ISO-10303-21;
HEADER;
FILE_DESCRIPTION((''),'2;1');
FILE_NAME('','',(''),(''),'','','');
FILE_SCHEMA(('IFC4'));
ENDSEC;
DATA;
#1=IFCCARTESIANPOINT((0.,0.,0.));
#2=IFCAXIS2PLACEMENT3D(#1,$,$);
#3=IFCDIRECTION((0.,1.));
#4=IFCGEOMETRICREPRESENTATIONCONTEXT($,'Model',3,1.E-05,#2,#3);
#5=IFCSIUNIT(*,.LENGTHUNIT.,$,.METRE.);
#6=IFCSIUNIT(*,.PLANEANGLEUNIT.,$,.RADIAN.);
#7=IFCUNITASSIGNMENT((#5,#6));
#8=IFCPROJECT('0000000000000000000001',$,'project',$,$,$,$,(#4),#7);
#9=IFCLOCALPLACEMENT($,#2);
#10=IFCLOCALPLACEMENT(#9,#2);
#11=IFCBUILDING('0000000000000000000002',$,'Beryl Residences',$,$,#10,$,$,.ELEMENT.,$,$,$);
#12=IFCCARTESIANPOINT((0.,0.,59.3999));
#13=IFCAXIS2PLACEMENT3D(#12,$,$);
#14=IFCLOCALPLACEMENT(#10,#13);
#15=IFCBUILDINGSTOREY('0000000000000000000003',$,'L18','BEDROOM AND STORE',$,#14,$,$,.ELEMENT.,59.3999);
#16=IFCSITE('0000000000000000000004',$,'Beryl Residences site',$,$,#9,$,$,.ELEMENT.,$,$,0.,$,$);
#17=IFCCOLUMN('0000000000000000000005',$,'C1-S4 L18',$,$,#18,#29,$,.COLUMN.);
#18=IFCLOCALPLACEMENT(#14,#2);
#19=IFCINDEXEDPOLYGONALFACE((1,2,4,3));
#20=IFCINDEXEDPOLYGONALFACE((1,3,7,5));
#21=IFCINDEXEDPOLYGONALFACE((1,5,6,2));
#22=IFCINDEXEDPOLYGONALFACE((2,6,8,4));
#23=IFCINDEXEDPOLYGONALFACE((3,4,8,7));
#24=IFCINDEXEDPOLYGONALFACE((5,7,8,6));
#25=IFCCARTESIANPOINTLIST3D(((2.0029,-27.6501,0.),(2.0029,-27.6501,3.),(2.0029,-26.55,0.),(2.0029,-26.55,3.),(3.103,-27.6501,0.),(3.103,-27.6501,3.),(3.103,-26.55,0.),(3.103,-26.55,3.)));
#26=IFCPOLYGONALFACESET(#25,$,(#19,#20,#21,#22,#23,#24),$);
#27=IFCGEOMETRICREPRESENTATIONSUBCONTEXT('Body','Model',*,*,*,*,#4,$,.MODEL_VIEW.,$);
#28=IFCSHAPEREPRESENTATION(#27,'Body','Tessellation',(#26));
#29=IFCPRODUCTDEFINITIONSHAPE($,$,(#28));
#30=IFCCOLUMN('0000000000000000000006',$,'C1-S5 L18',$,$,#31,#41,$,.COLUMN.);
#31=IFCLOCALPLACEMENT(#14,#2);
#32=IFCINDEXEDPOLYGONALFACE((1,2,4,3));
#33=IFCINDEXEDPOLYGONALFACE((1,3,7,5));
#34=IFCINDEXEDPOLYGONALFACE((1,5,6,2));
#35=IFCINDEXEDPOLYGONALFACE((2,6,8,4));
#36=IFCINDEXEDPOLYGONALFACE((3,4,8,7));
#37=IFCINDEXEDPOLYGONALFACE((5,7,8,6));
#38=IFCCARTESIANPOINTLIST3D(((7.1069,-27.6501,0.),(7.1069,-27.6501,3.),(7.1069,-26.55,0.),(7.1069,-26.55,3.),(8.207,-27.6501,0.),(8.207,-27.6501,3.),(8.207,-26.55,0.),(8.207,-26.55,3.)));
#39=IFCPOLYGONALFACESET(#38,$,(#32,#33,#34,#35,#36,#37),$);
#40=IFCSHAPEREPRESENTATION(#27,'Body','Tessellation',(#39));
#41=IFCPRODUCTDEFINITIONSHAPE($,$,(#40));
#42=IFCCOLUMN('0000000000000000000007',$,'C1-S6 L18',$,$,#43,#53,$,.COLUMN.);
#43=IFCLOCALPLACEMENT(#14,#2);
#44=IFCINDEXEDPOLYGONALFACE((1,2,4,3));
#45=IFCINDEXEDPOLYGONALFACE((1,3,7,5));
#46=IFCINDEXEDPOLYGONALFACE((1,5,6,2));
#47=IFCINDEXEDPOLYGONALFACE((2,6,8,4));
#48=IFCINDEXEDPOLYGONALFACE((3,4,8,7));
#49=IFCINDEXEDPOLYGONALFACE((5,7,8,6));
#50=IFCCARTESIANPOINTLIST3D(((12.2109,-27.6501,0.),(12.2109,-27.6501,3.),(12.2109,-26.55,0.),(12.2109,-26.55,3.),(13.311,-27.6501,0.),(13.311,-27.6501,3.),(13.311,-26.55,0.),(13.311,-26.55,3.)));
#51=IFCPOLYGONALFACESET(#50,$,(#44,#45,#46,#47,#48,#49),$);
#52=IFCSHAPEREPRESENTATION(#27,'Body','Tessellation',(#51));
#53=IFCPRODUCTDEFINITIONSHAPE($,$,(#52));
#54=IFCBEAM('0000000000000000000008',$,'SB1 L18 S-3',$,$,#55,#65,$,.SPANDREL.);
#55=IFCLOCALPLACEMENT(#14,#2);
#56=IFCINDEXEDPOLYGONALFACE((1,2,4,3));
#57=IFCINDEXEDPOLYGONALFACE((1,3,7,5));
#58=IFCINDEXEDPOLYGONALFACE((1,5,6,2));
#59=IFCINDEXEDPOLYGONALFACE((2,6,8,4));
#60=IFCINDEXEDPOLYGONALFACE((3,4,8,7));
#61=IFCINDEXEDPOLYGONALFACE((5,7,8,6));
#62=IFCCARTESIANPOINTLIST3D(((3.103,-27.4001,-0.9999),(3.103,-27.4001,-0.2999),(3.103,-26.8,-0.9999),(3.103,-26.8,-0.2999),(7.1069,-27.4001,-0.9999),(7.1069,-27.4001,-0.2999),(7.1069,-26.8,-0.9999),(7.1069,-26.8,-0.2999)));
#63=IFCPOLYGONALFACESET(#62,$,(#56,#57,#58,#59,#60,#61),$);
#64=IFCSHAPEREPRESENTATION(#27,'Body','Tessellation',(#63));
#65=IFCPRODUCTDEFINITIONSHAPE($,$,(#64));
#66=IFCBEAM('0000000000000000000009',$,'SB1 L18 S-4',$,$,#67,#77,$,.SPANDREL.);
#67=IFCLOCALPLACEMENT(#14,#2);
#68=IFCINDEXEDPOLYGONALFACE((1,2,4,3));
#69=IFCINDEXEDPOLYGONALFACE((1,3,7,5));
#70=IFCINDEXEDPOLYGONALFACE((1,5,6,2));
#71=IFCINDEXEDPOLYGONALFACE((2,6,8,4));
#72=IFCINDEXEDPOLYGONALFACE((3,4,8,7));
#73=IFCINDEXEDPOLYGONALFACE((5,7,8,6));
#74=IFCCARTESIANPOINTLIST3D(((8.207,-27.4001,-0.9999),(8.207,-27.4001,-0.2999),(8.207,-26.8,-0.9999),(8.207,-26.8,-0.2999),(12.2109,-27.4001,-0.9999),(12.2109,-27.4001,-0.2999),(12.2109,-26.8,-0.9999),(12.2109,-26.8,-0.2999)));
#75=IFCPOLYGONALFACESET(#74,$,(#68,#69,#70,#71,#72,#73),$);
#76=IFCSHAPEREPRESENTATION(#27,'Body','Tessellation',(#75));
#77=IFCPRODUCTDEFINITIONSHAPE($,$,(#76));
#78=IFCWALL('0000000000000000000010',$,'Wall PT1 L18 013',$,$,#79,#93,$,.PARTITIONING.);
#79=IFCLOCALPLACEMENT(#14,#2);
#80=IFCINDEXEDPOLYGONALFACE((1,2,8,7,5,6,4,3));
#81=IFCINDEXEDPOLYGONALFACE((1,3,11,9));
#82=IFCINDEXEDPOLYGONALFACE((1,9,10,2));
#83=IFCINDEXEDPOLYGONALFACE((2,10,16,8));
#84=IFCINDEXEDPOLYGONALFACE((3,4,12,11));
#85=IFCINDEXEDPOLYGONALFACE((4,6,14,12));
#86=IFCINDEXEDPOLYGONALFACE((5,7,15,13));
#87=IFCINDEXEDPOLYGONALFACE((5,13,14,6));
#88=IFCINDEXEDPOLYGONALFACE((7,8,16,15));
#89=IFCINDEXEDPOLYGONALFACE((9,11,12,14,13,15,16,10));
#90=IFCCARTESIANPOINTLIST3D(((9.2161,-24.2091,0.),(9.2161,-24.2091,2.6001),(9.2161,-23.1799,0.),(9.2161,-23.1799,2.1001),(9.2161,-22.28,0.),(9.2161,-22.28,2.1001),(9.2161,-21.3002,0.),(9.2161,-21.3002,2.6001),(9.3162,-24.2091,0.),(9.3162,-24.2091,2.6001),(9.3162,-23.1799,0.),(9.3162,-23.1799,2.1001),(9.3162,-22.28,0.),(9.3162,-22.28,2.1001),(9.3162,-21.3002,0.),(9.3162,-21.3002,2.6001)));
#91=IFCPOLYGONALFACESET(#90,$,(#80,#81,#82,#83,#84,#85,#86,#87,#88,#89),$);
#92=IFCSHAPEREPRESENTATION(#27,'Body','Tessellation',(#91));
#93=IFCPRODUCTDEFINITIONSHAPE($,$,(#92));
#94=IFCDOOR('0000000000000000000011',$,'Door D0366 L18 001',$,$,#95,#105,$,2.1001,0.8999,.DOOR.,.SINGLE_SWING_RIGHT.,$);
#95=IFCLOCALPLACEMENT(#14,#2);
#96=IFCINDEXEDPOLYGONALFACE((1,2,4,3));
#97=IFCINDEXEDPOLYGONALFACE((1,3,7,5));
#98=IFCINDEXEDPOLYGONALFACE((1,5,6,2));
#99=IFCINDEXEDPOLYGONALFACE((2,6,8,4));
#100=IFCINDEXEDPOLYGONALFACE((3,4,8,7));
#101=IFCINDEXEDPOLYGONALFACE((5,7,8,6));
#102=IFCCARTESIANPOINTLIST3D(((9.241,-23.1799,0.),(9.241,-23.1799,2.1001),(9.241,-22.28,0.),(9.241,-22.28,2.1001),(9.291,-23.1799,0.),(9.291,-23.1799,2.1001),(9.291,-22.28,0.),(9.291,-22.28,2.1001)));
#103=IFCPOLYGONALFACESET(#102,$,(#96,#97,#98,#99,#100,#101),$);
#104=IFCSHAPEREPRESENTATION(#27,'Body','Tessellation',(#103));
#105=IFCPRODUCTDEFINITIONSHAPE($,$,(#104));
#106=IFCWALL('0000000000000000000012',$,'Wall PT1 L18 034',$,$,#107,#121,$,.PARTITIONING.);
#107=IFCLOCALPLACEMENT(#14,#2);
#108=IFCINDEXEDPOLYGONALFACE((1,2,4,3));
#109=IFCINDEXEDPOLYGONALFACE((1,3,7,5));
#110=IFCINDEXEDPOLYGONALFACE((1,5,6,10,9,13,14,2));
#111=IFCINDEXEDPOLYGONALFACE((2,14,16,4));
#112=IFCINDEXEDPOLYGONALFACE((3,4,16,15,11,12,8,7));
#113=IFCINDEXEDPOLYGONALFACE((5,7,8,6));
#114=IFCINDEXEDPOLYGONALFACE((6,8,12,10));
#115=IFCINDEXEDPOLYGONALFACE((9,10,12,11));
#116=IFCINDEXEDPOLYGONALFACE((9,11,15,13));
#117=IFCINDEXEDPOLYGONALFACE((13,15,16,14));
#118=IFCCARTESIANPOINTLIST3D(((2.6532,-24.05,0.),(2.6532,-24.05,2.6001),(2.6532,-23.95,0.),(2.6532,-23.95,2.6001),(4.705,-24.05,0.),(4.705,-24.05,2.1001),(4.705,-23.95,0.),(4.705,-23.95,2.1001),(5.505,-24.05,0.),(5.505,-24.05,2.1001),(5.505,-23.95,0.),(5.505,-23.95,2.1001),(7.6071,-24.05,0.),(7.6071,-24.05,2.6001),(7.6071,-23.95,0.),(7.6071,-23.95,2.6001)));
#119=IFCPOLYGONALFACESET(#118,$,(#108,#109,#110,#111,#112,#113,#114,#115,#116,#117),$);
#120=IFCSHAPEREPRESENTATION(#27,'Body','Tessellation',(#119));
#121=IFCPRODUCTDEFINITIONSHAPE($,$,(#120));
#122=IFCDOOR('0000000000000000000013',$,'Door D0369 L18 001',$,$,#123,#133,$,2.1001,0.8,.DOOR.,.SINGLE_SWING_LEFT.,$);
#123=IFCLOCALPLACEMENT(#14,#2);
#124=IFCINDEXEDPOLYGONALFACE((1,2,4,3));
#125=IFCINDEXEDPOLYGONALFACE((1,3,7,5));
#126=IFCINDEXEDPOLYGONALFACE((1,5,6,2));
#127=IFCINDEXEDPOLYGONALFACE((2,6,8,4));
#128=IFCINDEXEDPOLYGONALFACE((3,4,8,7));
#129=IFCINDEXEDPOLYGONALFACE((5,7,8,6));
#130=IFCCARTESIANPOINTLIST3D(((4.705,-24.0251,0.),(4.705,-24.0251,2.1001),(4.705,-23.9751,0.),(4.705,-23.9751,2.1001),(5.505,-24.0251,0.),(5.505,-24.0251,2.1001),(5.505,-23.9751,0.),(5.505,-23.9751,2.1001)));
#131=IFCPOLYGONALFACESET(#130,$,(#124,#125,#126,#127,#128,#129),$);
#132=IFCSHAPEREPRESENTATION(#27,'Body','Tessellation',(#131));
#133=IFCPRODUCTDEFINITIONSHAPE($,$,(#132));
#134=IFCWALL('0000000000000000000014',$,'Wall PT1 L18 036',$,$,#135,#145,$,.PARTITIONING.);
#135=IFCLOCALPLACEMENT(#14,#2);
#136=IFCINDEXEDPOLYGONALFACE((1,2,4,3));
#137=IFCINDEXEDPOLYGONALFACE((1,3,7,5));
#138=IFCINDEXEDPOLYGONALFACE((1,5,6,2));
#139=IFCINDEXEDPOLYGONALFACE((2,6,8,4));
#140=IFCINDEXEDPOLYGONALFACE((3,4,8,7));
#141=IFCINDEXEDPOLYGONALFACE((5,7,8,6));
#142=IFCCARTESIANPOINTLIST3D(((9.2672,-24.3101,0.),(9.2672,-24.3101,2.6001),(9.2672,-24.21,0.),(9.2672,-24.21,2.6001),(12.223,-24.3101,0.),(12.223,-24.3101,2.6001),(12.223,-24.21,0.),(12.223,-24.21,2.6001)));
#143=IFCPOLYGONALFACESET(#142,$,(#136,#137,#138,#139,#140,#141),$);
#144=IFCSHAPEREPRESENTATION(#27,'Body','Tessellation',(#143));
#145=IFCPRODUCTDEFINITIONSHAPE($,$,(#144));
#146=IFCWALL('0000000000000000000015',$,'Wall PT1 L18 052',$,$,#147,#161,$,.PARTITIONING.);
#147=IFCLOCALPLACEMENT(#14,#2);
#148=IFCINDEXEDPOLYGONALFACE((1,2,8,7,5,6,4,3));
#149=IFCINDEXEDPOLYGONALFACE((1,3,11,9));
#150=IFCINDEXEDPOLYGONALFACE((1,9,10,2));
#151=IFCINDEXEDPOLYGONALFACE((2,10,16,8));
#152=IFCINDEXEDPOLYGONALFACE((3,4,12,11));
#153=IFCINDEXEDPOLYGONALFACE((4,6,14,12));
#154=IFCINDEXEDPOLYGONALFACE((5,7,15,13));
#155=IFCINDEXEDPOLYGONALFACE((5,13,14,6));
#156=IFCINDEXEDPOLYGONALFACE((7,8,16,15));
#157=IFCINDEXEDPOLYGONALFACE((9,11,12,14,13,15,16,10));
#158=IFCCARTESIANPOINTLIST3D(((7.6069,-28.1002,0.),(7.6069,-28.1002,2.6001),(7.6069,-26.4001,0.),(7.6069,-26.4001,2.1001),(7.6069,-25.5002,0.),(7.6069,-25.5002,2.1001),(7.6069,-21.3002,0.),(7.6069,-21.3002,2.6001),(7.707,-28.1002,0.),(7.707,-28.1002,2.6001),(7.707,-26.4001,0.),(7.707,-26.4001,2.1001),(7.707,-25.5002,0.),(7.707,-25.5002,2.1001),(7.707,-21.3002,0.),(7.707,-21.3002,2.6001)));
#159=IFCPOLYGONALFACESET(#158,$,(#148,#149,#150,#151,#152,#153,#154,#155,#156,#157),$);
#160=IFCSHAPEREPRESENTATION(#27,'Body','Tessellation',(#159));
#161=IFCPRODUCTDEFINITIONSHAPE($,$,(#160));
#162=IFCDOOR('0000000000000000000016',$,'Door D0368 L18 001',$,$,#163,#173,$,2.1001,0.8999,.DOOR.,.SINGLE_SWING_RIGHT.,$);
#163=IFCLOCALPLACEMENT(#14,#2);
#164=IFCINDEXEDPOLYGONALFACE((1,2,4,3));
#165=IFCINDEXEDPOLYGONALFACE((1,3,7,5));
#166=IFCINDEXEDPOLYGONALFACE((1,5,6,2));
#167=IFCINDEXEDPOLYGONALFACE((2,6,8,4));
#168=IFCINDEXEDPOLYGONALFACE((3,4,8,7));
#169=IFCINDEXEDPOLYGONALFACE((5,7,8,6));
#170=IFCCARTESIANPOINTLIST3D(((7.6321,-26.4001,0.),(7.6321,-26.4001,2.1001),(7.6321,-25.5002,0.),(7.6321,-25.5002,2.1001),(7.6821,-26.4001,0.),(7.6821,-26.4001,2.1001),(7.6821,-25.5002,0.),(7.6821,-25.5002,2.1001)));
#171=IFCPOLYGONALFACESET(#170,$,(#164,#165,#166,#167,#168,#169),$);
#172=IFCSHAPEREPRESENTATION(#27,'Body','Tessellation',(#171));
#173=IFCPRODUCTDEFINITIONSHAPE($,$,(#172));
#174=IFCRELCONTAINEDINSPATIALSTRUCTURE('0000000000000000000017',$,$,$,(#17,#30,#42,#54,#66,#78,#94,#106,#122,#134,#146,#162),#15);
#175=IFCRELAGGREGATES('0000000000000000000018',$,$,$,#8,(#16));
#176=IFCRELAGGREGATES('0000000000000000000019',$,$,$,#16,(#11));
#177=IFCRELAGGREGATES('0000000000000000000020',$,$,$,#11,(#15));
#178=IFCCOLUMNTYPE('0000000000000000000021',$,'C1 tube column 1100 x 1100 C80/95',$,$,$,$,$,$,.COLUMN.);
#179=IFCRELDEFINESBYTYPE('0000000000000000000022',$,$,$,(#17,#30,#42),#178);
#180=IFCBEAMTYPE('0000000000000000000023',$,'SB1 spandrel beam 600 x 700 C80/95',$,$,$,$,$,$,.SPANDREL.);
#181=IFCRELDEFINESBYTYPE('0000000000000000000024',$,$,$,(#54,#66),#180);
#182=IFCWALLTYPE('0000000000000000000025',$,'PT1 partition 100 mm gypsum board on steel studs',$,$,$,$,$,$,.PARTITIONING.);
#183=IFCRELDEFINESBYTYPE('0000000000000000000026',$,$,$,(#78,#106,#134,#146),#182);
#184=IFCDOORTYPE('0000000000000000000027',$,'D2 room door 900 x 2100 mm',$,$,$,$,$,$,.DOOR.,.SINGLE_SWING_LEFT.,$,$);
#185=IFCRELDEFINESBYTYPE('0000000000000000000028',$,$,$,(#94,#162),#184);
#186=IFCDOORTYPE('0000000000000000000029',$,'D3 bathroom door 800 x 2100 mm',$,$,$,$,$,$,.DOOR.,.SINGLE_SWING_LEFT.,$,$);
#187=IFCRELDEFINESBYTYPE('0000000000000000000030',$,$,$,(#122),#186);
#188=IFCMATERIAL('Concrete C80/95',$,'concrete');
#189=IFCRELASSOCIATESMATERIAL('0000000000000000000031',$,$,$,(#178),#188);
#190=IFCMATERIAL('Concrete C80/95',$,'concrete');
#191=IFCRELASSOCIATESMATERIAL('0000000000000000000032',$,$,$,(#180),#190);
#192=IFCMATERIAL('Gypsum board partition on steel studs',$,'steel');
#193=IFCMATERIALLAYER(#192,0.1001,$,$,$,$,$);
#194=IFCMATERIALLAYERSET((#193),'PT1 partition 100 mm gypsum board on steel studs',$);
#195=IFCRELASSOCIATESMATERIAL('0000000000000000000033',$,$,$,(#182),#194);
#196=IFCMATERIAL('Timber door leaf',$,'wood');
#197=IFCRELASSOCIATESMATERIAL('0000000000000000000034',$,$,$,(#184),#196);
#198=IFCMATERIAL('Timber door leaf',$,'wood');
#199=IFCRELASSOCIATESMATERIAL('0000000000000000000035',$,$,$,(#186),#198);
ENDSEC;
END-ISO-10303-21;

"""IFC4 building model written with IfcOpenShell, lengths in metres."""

from ifc_helpers import new_model, si_unit, direction, frame, frame_2d, origin, origin_2d, place, context, subcontext, project, spatial, rectangle, extrude, material, layer, layer_set, material_profile, profile_set, type_object, element, fill, save


model = new_model("IFC4")

# Units and contexts
model_context = context("Model", 3, precision=1e-05, world=origin(), true_north=direction((0.0, 1.0)))
body_context = subcontext(model_context, "Body", "Model", "MODEL_VIEW")
ifc_project = project(units=[si_unit("LENGTHUNIT", "METRE"), si_unit("PLANEANGLEUNIT", "RADIAN")], contexts=[model_context])

# Site, building, storey
site_placement = place(None, origin())
site = spatial("IfcSite", under=ifc_project, at=site_placement, Name="Beryl Residences site", CompositionType="ELEMENT", RefElevation=0.0)
building_placement = place(site_placement, origin())
building = spatial("IfcBuilding", under=site, at=building_placement, Name="Beryl Residences", CompositionType="ELEMENT")
storey_placement = place(building_placement, frame((0.0, 0.0, 59.3999)))
storey = spatial("IfcBuildingStorey", under=building, at=storey_placement, Name="L18", Description="BEDROOM AND STORE", CompositionType="ELEMENT", Elevation=59.3999)

# Columns
ifc_material_1 = material(Name="Concrete C80/95", Category="concrete")
ifc_material_profile_1 = material_profile(ifc_material_1, rectangle(XDim=1.1001, YDim=1.1001, at=origin_2d()))
ifc_profile_set_1 = profile_set([ifc_material_profile_1], Name="Concrete C80/95")
column_type = type_object("IfcColumnType", Name="C1 tube column 1100 x 1100 C80/95", PredefinedType="COLUMN", material=ifc_profile_set_1)
for number, where, z_axis, x_axis, name in (
    (1, (2.553, -27.1001, 0.0), (0.0, 0.0, 1.0), (1.0, 0.0, 0.0), "C1-S4 L18"),
    (2, (7.657, -27.1001, 0.0), (0.0, 0.0, 1.0), (1.0, 0.0, 0.0), "C1-S5 L18"),
    (3, (12.761, -27.1001, 0.0), (0.0, 0.0, 1.0), (1.0, 0.0, 0.0), "C1-S6 L18"),
):
    element("IfcColumn", number, at=place(storey_placement, frame(where, z_axis=z_axis, x_axis=x_axis)), inside=storey, type_object=column_type, Name=name, PredefinedType="COLUMN", context=body_context, shape_type="SweptSolid", body=[
        extrude(rectangle(XDim=1.1001, YDim=1.1001, at=origin_2d()), origin(), (0.0, 0.0, 1.0), 3.0),
    ])

# Beams
ifc_material_2 = material(Name="Concrete C80/95", Category="concrete")
ifc_material_profile_2 = material_profile(ifc_material_2, rectangle(XDim=0.6001, YDim=0.7, at=origin_2d()))
ifc_profile_set_2 = profile_set([ifc_material_profile_2], Name="Concrete C80/95")
beam_type = type_object("IfcBeamType", Name="SB1 spandrel beam 600 x 700 C80/95", PredefinedType="SPANDREL", material=ifc_profile_set_2)
for number, where, z_axis, x_axis, name in (
    (4, (3.103, -27.1001, -0.6499), (1.0, 0.0, 0.0), (0.0, 1.0, 0.0), "SB1 L18 S-3"),
    (5, (8.207, -27.1001, -0.6499), (1.0, 0.0, 0.0), (0.0, 1.0, 0.0), "SB1 L18 S-4"),
):
    element("IfcBeam", number, at=place(storey_placement, frame(where, z_axis=z_axis, x_axis=x_axis)), inside=storey, type_object=beam_type, Name=name, PredefinedType="SPANDREL", context=body_context, shape_type="SweptSolid", body=[
        extrude(rectangle(XDim=0.6001, YDim=0.7, at=origin_2d()), origin(), (0.0, 0.0, 1.0), 4.0039),
    ])

# Walls, openings, doors
ifc_material_3 = material(Name="Gypsum board partition on steel studs", Category="steel")
ifc_layer_1 = layer(ifc_material_3, 0.1001)
ifc_layer_set_1 = layer_set([ifc_layer_1], Name="PT1 partition 100 mm gypsum board on steel studs")
wall_type_1 = type_object("IfcWallType", Name="PT1 partition 100 mm gypsum board on steel studs", PredefinedType="PARTITIONING", material=ifc_layer_set_1)
wall_1_placement = place(storey_placement, frame((9.2661, -21.3, 0.0), z_axis=(0.0, 0.0, 1.0), x_axis=(0.0, -1.0, 0.0)))
wall_1 = element("IfcWall", 6, at=wall_1_placement, inside=storey, type_object=wall_type_1, Name="Wall PT1 L18 013", PredefinedType="PARTITIONING", context=body_context, shape_type="SweptSolid", body=[
    extrude(rectangle(XDim=2.9089, YDim=0.1001, at=frame_2d((1.4546, 0.0))), origin(), (0.0, 0.0, 1.0), 2.6001),
])
opening_1_placement = place(wall_1_placement, frame((0.98, 0.0, 0.0)))
opening_1 = element("IfcOpeningElement", 7, at=opening_1_placement, cuts=wall_1, PredefinedType="OPENING", context=body_context, shape_type="SweptSolid", body=[
    extrude(rectangle(XDim=0.8999, YDim=2.1001, at=frame_2d((0.45, 1.05))), frame((0.0, 0.0601, 0.0), z_axis=(0.0, -1.0, 0.0), x_axis=(1.0, 0.0, 0.0)), (0.0, 0.0, 1.0), 0.1201),
])
ifc_material_4 = material(Name="Timber door leaf", Category="wood")
door_type_1 = type_object("IfcDoorType", Name="D2 room door 900 x 2100 mm", OperationType="SINGLE_SWING_LEFT", PredefinedType="DOOR", material=ifc_material_4)
door_1_placement = place(opening_1_placement, origin())
door_1 = element("IfcDoor", 8, at=door_1_placement, inside=storey, type_object=door_type_1, Name="Door D0366 L18 001", OperationType="SINGLE_SWING_RIGHT", OverallHeight=2.1001, OverallWidth=0.8999, PredefinedType="DOOR", context=body_context, shape_type="SweptSolid", body=[
    extrude(rectangle(XDim=0.8999, YDim=2.1001, at=frame_2d((0.45, 1.05))), frame((0.0, 0.0249, 0.0), z_axis=(0.0, -1.0, 0.0), x_axis=(1.0, 0.0, 0.0)), (0.0, 0.0, 1.0), 0.05),
])
fill(opening_1, door_1)
wall_2_placement = place(storey_placement, frame((2.6531, -24.0, 0.0), z_axis=(0.0, 0.0, 1.0), x_axis=(1.0, 0.0, 0.0)))
wall_2 = element("IfcWall", 9, at=wall_2_placement, inside=storey, type_object=wall_type_1, Name="Wall PT1 L18 034", PredefinedType="PARTITIONING", context=body_context, shape_type="SweptSolid", body=[
    extrude(rectangle(XDim=4.9539, YDim=0.1001, at=frame_2d((2.4771, 0.0))), origin(), (0.0, 0.0, 1.0), 2.6001),
])
opening_2_placement = place(wall_2_placement, frame((2.052, 0.0, 0.0)))
opening_2 = element("IfcOpeningElement", 10, at=opening_2_placement, cuts=wall_2, PredefinedType="OPENING", context=body_context, shape_type="SweptSolid", body=[
    extrude(rectangle(XDim=0.8, YDim=2.1001, at=frame_2d((0.3999, 1.05))), frame((0.0, 0.0601, 0.0), z_axis=(0.0, -1.0, 0.0), x_axis=(1.0, 0.0, 0.0)), (0.0, 0.0, 1.0), 0.1201),
])
ifc_material_5 = material(Name="Timber door leaf", Category="wood")
door_type_2 = type_object("IfcDoorType", Name="D3 bathroom door 800 x 2100 mm", OperationType="SINGLE_SWING_LEFT", PredefinedType="DOOR", material=ifc_material_5)
door_2_placement = place(opening_2_placement, origin())
door_2 = element("IfcDoor", 11, at=door_2_placement, inside=storey, type_object=door_type_2, Name="Door D0369 L18 001", OperationType="SINGLE_SWING_LEFT", OverallHeight=2.1001, OverallWidth=0.8, PredefinedType="DOOR", context=body_context, shape_type="SweptSolid", body=[
    extrude(rectangle(XDim=0.8, YDim=2.1001, at=frame_2d((0.3999, 1.05))), frame((0.0, 0.0249, 0.0), z_axis=(0.0, -1.0, 0.0), x_axis=(1.0, 0.0, 0.0)), (0.0, 0.0, 1.0), 0.05),
])
fill(opening_2, door_2)

# Wall
wall_3_placement = place(storey_placement, frame((9.2671, -24.26, 0.0), z_axis=(0.0, 0.0, 1.0), x_axis=(1.0, 0.0, 0.0)))
element("IfcWall", 12, at=wall_3_placement, inside=storey, type_object=wall_type_1, Name="Wall PT1 L18 036", PredefinedType="PARTITIONING", context=body_context, shape_type="SweptSolid", body=[
    extrude(rectangle(XDim=2.9558, YDim=0.1001, at=frame_2d((1.478, 0.0))), origin(), (0.0, 0.0, 1.0), 2.6001),
])

# Wall, opening, door
wall_4_placement = place(storey_placement, frame((7.657, -28.1001, 0.0), z_axis=(0.0, 0.0, 1.0), x_axis=(0.0, 1.0, 0.0)))
wall_4 = element("IfcWall", 13, at=wall_4_placement, inside=storey, type_object=wall_type_1, Name="Wall PT1 L18 052", PredefinedType="PARTITIONING", context=body_context, shape_type="SweptSolid", body=[
    extrude(rectangle(XDim=6.8, YDim=0.1001, at=frame_2d((3.3999, 0.0))), origin(), (0.0, 0.0, 1.0), 2.6001),
])
opening_3_placement = place(wall_4_placement, frame((1.7, 0.0, 0.0)))
opening_3 = element("IfcOpeningElement", 14, at=opening_3_placement, cuts=wall_4, PredefinedType="OPENING", context=body_context, shape_type="SweptSolid", body=[
    extrude(rectangle(XDim=0.8999, YDim=2.1001, at=frame_2d((0.45, 1.05))), frame((0.0, 0.0601, 0.0), z_axis=(0.0, -1.0, 0.0), x_axis=(1.0, 0.0, 0.0)), (0.0, 0.0, 1.0), 0.1201),
])
door_3_placement = place(opening_3_placement, origin())
door_3 = element("IfcDoor", 15, at=door_3_placement, inside=storey, type_object=door_type_1, Name="Door D0368 L18 001", OperationType="SINGLE_SWING_RIGHT", OverallHeight=2.1001, OverallWidth=0.8999, PredefinedType="DOOR", context=body_context, shape_type="SweptSolid", body=[
    extrude(rectangle(XDim=0.8999, YDim=2.1001, at=frame_2d((0.45, 1.05))), frame((0.0, 0.0249, 0.0), z_axis=(0.0, -1.0, 0.0), x_axis=(1.0, 0.0, 0.0)), (0.0, 0.0, 1.0), 0.05),
])
fill(opening_3, door_3)

save(model, "model.ifc")
